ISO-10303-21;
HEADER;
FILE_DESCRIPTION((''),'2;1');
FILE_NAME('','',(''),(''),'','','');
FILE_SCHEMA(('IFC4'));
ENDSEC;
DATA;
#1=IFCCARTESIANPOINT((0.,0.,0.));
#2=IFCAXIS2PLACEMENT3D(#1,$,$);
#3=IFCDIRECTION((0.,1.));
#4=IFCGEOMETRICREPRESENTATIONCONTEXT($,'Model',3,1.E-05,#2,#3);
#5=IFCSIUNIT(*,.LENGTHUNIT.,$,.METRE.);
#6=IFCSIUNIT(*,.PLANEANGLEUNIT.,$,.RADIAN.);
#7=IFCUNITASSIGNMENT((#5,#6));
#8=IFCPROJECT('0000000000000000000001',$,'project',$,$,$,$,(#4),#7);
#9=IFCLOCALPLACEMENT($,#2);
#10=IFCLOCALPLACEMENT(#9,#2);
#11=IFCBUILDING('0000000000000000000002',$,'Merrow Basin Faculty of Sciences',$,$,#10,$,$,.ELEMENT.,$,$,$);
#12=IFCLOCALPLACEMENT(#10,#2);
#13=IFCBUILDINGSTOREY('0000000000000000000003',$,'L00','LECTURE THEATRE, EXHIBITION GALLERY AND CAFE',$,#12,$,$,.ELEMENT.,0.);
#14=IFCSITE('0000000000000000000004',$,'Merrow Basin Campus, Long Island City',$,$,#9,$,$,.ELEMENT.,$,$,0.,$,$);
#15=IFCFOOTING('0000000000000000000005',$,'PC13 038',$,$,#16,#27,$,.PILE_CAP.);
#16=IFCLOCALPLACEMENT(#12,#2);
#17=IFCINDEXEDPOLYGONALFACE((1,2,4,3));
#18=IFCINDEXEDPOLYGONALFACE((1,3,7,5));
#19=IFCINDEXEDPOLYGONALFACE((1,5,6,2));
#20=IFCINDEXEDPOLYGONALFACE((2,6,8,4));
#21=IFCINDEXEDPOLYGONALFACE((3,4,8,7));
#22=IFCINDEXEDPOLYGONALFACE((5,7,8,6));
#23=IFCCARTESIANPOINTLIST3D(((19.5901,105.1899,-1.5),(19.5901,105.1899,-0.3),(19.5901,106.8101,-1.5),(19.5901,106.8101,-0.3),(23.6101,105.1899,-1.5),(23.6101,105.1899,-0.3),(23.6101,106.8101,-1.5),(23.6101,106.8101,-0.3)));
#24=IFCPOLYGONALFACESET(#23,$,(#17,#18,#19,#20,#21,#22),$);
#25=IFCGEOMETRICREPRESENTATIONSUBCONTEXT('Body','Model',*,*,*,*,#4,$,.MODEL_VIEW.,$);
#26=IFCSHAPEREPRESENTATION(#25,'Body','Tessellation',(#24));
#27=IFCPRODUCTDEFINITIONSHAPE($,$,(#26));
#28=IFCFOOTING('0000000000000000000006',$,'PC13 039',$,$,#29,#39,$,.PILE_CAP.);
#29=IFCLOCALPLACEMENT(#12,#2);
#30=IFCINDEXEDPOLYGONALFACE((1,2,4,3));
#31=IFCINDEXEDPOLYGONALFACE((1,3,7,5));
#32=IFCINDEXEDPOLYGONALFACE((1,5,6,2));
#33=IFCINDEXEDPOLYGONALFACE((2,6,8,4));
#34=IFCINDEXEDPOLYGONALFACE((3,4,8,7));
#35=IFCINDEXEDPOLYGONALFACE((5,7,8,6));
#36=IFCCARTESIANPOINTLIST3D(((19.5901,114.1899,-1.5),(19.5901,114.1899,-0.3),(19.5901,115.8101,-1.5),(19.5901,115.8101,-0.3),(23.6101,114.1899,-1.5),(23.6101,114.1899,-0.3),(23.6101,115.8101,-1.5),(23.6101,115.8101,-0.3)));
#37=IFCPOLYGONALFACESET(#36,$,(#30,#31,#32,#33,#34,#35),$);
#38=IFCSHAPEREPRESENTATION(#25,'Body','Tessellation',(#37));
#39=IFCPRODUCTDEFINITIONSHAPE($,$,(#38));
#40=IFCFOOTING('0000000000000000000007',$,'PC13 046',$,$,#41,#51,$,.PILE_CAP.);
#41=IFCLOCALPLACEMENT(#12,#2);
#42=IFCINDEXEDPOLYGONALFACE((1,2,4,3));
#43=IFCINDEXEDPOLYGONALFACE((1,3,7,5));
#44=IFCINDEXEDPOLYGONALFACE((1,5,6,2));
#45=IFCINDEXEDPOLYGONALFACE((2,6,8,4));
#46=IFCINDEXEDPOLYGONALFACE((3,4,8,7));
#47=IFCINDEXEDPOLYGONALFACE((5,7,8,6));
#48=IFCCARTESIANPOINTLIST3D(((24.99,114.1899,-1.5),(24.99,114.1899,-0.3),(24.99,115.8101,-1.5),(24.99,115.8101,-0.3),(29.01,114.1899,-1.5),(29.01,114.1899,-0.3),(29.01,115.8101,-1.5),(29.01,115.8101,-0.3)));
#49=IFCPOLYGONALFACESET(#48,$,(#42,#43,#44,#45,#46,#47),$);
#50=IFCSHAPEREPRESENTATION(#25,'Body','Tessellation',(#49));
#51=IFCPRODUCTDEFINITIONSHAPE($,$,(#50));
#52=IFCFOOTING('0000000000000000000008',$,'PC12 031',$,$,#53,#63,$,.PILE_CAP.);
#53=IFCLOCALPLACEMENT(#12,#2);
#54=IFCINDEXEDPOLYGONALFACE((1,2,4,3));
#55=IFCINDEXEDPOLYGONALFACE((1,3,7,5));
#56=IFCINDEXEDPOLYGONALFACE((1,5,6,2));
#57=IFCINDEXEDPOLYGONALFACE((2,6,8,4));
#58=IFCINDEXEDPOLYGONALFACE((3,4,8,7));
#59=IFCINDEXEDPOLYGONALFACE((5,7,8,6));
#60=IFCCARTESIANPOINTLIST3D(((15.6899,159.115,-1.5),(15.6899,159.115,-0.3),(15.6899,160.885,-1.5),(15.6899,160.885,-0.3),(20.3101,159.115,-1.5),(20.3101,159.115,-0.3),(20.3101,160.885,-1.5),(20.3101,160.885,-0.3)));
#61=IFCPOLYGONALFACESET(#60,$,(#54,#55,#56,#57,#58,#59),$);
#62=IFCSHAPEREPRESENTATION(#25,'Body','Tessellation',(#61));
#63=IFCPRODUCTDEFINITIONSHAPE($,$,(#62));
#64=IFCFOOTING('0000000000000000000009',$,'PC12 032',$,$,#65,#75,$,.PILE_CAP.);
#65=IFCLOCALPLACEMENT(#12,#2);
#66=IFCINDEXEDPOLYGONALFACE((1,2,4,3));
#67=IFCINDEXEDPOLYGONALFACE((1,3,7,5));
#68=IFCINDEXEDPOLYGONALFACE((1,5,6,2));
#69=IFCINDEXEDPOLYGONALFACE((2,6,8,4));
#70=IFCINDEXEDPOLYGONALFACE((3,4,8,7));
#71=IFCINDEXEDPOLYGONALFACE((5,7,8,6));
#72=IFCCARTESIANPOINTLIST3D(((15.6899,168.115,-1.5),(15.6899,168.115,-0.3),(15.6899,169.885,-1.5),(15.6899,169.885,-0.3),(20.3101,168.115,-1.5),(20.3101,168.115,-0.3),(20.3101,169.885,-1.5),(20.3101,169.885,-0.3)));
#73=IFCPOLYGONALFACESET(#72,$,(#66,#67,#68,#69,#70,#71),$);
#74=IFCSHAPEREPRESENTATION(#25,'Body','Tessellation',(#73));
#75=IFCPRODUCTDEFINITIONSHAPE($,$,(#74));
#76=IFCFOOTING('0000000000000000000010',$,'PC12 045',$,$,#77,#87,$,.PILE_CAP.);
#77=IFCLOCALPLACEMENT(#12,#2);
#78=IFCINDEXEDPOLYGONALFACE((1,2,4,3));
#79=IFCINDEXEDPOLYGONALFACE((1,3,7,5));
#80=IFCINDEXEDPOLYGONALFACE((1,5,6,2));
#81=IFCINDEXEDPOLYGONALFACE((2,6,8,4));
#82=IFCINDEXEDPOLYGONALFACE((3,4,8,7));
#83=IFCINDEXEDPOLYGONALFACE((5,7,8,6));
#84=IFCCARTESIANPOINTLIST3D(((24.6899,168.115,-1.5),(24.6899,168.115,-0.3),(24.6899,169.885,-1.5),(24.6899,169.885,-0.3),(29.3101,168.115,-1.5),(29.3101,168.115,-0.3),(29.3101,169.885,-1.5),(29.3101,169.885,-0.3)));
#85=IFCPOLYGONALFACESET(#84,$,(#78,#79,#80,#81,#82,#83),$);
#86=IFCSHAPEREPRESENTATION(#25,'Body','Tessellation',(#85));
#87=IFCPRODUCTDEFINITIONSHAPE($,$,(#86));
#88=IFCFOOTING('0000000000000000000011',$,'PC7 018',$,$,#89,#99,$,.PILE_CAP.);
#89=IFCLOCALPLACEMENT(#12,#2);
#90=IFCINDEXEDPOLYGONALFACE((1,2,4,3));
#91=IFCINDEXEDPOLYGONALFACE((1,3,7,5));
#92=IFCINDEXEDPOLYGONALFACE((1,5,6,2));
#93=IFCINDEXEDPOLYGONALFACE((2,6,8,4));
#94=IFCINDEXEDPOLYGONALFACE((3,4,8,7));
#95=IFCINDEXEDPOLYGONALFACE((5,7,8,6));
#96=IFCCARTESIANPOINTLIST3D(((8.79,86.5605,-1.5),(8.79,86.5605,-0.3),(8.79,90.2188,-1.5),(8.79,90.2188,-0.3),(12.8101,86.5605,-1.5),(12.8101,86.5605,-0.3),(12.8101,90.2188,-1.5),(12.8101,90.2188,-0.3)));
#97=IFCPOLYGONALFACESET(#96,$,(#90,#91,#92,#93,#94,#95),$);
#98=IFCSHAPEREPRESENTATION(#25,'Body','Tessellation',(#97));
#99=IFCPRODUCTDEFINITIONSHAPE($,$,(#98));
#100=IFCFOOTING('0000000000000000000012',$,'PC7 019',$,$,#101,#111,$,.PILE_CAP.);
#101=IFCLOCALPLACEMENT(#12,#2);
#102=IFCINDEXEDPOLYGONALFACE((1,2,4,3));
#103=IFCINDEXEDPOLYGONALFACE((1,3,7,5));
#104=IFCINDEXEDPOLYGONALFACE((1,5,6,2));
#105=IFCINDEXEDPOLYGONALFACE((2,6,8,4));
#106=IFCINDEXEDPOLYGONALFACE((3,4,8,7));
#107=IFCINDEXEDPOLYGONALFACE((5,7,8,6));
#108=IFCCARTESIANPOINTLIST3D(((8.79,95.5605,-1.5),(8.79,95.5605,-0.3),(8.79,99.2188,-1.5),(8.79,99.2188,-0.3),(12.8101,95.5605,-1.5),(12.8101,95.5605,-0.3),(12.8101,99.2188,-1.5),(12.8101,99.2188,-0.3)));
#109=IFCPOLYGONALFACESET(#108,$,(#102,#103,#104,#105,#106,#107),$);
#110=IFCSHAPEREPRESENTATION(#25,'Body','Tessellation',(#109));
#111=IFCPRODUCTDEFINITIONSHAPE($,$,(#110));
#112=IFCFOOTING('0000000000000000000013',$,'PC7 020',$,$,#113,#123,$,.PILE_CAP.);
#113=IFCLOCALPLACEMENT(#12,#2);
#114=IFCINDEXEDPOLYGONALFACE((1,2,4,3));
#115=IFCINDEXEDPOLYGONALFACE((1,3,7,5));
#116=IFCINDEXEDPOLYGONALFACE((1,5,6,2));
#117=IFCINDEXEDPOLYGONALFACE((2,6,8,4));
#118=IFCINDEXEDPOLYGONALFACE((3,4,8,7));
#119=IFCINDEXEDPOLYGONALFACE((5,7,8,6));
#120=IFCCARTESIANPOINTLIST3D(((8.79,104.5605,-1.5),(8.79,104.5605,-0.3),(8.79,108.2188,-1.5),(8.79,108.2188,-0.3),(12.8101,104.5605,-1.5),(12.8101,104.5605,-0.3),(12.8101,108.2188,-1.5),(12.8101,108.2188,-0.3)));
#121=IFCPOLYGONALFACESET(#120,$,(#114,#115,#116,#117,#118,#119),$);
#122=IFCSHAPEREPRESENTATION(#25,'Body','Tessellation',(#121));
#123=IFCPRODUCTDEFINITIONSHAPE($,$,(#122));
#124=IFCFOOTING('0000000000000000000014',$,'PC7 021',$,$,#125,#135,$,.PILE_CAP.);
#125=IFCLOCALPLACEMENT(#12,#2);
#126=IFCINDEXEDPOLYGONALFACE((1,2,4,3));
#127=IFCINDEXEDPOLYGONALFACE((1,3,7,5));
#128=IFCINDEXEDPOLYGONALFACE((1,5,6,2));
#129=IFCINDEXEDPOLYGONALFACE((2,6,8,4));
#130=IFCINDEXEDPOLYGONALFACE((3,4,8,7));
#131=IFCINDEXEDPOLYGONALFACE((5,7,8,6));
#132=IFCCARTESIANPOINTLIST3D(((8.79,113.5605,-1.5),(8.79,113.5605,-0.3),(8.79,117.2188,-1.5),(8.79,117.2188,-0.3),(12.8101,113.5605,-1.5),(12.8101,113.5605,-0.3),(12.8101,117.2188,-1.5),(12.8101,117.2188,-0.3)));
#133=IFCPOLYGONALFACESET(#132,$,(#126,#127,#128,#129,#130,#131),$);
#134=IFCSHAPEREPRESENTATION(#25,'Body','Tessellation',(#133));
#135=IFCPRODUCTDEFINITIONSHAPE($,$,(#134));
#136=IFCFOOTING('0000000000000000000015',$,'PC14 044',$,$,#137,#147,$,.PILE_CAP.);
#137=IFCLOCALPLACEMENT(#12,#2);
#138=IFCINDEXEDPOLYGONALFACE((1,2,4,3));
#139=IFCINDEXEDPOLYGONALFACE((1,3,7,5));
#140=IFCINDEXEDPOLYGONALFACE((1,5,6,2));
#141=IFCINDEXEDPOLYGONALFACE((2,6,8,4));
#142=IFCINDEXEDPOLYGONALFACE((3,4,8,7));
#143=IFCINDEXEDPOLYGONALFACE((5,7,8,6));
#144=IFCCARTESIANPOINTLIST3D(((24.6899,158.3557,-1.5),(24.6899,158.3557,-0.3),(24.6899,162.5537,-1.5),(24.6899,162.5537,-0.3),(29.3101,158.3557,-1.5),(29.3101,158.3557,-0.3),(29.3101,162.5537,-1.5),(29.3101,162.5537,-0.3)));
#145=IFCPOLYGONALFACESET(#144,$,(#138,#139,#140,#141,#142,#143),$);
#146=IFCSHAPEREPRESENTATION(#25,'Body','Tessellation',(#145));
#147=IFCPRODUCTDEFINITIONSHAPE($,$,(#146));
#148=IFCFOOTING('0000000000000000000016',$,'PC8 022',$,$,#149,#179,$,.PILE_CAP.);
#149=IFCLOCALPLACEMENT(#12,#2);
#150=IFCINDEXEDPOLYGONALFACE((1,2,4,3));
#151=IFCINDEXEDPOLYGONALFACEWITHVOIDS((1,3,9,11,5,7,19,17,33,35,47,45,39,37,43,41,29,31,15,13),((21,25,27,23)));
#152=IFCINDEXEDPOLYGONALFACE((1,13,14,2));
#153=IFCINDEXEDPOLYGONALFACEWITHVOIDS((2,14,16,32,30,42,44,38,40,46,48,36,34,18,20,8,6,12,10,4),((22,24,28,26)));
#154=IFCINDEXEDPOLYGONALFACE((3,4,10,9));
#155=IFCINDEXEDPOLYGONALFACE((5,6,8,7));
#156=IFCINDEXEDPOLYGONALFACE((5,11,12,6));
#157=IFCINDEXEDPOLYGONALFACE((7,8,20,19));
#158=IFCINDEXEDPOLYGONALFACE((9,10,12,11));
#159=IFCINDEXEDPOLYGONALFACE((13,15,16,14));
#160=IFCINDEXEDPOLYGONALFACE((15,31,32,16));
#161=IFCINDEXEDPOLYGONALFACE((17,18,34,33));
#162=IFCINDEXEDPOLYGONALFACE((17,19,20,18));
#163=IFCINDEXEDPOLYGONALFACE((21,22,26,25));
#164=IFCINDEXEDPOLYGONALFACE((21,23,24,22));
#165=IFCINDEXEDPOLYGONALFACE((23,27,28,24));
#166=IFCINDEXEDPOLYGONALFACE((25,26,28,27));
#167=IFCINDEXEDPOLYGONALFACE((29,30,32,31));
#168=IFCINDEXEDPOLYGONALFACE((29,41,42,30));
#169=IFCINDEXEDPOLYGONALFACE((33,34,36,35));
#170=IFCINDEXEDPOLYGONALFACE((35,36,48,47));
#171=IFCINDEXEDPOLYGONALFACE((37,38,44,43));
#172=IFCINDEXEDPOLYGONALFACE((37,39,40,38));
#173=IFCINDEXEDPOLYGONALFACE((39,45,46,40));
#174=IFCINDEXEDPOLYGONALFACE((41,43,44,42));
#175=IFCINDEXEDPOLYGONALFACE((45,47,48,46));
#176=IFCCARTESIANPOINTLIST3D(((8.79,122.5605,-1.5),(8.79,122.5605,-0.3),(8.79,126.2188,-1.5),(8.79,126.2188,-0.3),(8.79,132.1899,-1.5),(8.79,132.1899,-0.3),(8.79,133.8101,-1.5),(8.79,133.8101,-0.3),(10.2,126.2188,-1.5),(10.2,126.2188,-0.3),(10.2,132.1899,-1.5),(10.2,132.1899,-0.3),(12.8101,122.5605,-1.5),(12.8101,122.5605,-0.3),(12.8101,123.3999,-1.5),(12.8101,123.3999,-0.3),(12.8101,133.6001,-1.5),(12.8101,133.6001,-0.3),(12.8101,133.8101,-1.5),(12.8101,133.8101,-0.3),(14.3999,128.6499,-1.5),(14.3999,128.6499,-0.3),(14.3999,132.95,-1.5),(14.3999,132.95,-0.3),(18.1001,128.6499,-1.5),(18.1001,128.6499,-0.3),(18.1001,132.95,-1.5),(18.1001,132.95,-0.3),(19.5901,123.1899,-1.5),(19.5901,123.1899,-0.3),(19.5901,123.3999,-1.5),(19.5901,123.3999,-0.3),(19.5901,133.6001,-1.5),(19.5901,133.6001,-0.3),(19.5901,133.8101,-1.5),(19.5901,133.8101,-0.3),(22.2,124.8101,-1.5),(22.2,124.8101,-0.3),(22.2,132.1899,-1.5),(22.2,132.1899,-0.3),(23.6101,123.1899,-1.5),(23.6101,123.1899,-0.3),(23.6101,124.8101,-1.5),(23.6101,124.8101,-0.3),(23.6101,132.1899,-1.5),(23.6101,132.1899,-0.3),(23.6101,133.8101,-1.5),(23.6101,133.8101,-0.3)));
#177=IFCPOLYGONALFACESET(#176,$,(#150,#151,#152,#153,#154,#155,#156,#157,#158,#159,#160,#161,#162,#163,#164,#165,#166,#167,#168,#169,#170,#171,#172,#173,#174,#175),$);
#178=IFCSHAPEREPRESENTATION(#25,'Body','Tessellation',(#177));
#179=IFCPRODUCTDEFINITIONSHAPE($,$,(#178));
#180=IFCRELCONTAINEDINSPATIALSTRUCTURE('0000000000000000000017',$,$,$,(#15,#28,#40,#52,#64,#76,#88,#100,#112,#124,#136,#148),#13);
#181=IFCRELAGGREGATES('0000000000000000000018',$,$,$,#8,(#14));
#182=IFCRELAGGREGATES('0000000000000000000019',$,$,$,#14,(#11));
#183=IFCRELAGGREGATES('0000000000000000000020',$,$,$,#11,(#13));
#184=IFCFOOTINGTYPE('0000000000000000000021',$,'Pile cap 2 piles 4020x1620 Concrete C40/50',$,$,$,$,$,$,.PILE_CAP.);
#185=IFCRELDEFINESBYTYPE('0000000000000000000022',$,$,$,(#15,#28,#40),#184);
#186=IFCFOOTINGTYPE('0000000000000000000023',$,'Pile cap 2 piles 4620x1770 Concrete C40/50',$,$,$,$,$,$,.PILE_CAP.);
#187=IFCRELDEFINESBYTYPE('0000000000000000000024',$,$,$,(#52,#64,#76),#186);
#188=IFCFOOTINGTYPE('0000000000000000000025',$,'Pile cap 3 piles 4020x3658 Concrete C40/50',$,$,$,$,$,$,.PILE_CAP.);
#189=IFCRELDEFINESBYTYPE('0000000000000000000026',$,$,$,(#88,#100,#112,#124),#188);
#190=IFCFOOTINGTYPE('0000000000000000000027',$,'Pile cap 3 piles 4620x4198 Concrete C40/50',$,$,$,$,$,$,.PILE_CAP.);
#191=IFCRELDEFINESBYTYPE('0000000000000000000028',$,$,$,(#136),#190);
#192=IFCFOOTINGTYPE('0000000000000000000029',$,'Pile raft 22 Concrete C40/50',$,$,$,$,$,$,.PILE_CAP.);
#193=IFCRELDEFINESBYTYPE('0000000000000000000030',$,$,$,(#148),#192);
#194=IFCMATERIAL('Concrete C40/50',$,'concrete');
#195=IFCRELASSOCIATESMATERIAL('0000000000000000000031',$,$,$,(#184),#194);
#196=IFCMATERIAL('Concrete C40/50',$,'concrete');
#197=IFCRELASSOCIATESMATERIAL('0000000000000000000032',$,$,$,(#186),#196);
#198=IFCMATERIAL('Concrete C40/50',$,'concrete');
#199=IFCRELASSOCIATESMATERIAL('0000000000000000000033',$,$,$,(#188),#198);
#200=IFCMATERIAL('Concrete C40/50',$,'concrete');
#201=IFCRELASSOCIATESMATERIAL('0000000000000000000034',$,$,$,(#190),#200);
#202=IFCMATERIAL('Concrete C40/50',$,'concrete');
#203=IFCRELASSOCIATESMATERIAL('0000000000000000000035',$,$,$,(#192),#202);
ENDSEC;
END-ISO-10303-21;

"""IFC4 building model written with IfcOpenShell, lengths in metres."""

from ifc_helpers import new_model, si_unit, direction, frame, origin, place, context, subcontext, project, spatial, polyline, outline, extrude, material, type_object, element, save


model = new_model("IFC4")

# Units and contexts
model_context = context("Model", 3, precision=1e-05, world=origin(), true_north=direction((0.0, 1.0)))
body_context = subcontext(model_context, "Body", "Model", "MODEL_VIEW")
ifc_project = project(units=[si_unit("LENGTHUNIT", "METRE"), si_unit("PLANEANGLEUNIT", "RADIAN")], contexts=[model_context])

# Site, building, storey
site_placement = place(None, origin())
site = spatial("IfcSite", under=ifc_project, at=site_placement, Name="Merrow Basin Campus, Long Island City", CompositionType="ELEMENT", RefElevation=0.0)
building_placement = place(site_placement, origin())
building = spatial("IfcBuilding", under=site, at=building_placement, Name="Merrow Basin Faculty of Sciences", CompositionType="ELEMENT")
storey_placement = place(building_placement, origin())
storey = spatial("IfcBuildingStorey", under=building, at=storey_placement, Name="L00", Description="LECTURE THEATRE, EXHIBITION GALLERY AND CAFE", CompositionType="ELEMENT", Elevation=0.0)

# Footings
ifc_material_1 = material(Name="Concrete C40/50", Category="concrete")
footing_type_1 = type_object("IfcFootingType", Name="Pile cap 2 piles 4020x1620 Concrete C40/50", PredefinedType="PILE_CAP", material=ifc_material_1)
footing_1_placement = place(storey_placement, frame((0.0, 0.0, -1.5)))
element("IfcFooting", 1, at=footing_1_placement, inside=storey, type_object=footing_type_1, Name="PC13 038", PredefinedType="PILE_CAP", context=body_context, shape_type="SweptSolid", body=[
    extrude(outline(polyline([(19.5901, 105.1899), (19.5901, 106.8101), (23.6101, 106.8101), (23.6101, 105.1899), (19.5901, 105.1899)])), origin(), (0.0, 0.0, 1.0), 1.2),
])
footing_2_placement = place(storey_placement, frame((0.0, 0.0, -1.5)))
element("IfcFooting", 2, at=footing_2_placement, inside=storey, type_object=footing_type_1, Name="PC13 039", PredefinedType="PILE_CAP", context=body_context, shape_type="SweptSolid", body=[
    extrude(outline(polyline([(19.5901, 115.8101), (23.6101, 115.8101), (23.6101, 114.1899), (19.5901, 114.1899), (19.5901, 115.8101)])), origin(), (0.0, 0.0, 1.0), 1.2),
])
footing_3_placement = place(storey_placement, frame((0.0, 0.0, -1.5)))
element("IfcFooting", 3, at=footing_3_placement, inside=storey, type_object=footing_type_1, Name="PC13 046", PredefinedType="PILE_CAP", context=body_context, shape_type="SweptSolid", body=[
    extrude(outline(polyline([(24.99, 115.8101), (29.01, 115.8101), (29.01, 114.1899), (24.99, 114.1899), (24.99, 115.8101)])), origin(), (0.0, 0.0, 1.0), 1.2),
])
ifc_material_2 = material(Name="Concrete C40/50", Category="concrete")
footing_type_2 = type_object("IfcFootingType", Name="Pile cap 2 piles 4620x1770 Concrete C40/50", PredefinedType="PILE_CAP", material=ifc_material_2)
footing_4_placement = place(storey_placement, frame((0.0, 0.0, -1.5)))
element("IfcFooting", 4, at=footing_4_placement, inside=storey, type_object=footing_type_2, Name="PC12 031", PredefinedType="PILE_CAP", context=body_context, shape_type="SweptSolid", body=[
    extrude(outline(polyline([(15.6899, 160.885), (20.3101, 160.885), (20.3101, 159.115), (15.6899, 159.115), (15.6899, 160.885)])), origin(), (0.0, 0.0, 1.0), 1.2),
])
footing_5_placement = place(storey_placement, frame((0.0, 0.0, -1.5)))
element("IfcFooting", 5, at=footing_5_placement, inside=storey, type_object=footing_type_2, Name="PC12 032", PredefinedType="PILE_CAP", context=body_context, shape_type="SweptSolid", body=[
    extrude(outline(polyline([(15.6899, 168.115), (15.6899, 169.885), (20.3101, 169.885), (20.3101, 168.115), (15.6899, 168.115)])), origin(), (0.0, 0.0, 1.0), 1.2),
])
footing_6_placement = place(storey_placement, frame((0.0, 0.0, -1.5)))
element("IfcFooting", 6, at=footing_6_placement, inside=storey, type_object=footing_type_2, Name="PC12 045", PredefinedType="PILE_CAP", context=body_context, shape_type="SweptSolid", body=[
    extrude(outline(polyline([(24.6899, 169.885), (29.3101, 169.885), (29.3101, 168.115), (24.6899, 168.115), (24.6899, 169.885)])), origin(), (0.0, 0.0, 1.0), 1.2),
])
ifc_material_3 = material(Name="Concrete C40/50", Category="concrete")
footing_type_3 = type_object("IfcFootingType", Name="Pile cap 3 piles 4020x3658 Concrete C40/50", PredefinedType="PILE_CAP", material=ifc_material_3)
footing_7_placement = place(storey_placement, frame((0.0, 0.0, -1.5)))
element("IfcFooting", 7, at=footing_7_placement, inside=storey, type_object=footing_type_3, Name="PC7 018", PredefinedType="PILE_CAP", context=body_context, shape_type="SweptSolid", body=[
    extrude(outline(polyline([(8.79, 90.2188), (12.8101, 90.2188), (12.8101, 86.5605), (8.79, 86.5605), (8.79, 90.2188)])), origin(), (0.0, 0.0, 1.0), 1.2),
])
footing_8_placement = place(storey_placement, frame((0.0, 0.0, -1.5)))
element("IfcFooting", 8, at=footing_8_placement, inside=storey, type_object=footing_type_3, Name="PC7 019", PredefinedType="PILE_CAP", context=body_context, shape_type="SweptSolid", body=[
    extrude(outline(polyline([(8.79, 99.2188), (12.8101, 99.2188), (12.8101, 95.5605), (8.79, 95.5605), (8.79, 99.2188)])), origin(), (0.0, 0.0, 1.0), 1.2),
])
footing_9_placement = place(storey_placement, frame((0.0, 0.0, -1.5)))
element("IfcFooting", 9, at=footing_9_placement, inside=storey, type_object=footing_type_3, Name="PC7 020", PredefinedType="PILE_CAP", context=body_context, shape_type="SweptSolid", body=[
    extrude(outline(polyline([(8.79, 108.2188), (12.8101, 108.2188), (12.8101, 104.5605), (8.79, 104.5605), (8.79, 108.2188)])), origin(), (0.0, 0.0, 1.0), 1.2),
])
footing_10_placement = place(storey_placement, frame((0.0, 0.0, -1.5)))
element("IfcFooting", 10, at=footing_10_placement, inside=storey, type_object=footing_type_3, Name="PC7 021", PredefinedType="PILE_CAP", context=body_context, shape_type="SweptSolid", body=[
    extrude(outline(polyline([(8.79, 117.2188), (12.8101, 117.2188), (12.8101, 113.5605), (8.79, 113.5605), (8.79, 117.2188)])), origin(), (0.0, 0.0, 1.0), 1.2),
])
ifc_material_4 = material(Name="Concrete C40/50", Category="concrete")
footing_type_4 = type_object("IfcFootingType", Name="Pile cap 3 piles 4620x4198 Concrete C40/50", PredefinedType="PILE_CAP", material=ifc_material_4)
footing_11_placement = place(storey_placement, frame((0.0, 0.0, -1.5)))
element("IfcFooting", 11, at=footing_11_placement, inside=storey, type_object=footing_type_4, Name="PC14 044", PredefinedType="PILE_CAP", context=body_context, shape_type="SweptSolid", body=[
    extrude(outline(polyline([(24.6899, 162.5537), (29.3101, 162.5537), (29.3101, 158.3557), (24.6899, 158.3557), (24.6899, 162.5537)])), origin(), (0.0, 0.0, 1.0), 1.2),
])
ifc_material_5 = material(Name="Concrete C40/50", Category="concrete")
footing_type_5 = type_object("IfcFootingType", Name="Pile raft 22 Concrete C40/50", PredefinedType="PILE_CAP", material=ifc_material_5)
footing_12_placement = place(storey_placement, frame((0.0, 0.0, -1.5)))
element("IfcFooting", 12, at=footing_12_placement, inside=storey, type_object=footing_type_5, Name="PC8 022", PredefinedType="PILE_CAP", context=body_context, shape_type="SweptSolid", body=[
    extrude(outline(polyline([(8.79, 126.2188), (10.2, 126.2188), (10.2, 132.1899), (8.79, 132.1899), (8.79, 133.8101), (12.8101, 133.8101), (12.8101, 133.6001), (19.5901, 133.6001), (19.5901, 133.8101), (23.6101, 133.8101), (23.6101, 132.1899), (22.2, 132.1899), (22.2, 124.8101), (23.6101, 124.8101), (23.6101, 123.1899), (19.5901, 123.1899), (19.5901, 123.3999), (12.8101, 123.3999), (12.8101, 122.5605), (8.79, 122.5605), (8.79, 126.2188)]), holes=[polyline([(14.3999, 128.6499), (18.1001, 128.6499), (18.1001, 132.95), (14.3999, 132.95), (14.3999, 128.6499)])]), origin(), (0.0, 0.0, 1.0), 1.2),
])

save(model, "model.ifc")
